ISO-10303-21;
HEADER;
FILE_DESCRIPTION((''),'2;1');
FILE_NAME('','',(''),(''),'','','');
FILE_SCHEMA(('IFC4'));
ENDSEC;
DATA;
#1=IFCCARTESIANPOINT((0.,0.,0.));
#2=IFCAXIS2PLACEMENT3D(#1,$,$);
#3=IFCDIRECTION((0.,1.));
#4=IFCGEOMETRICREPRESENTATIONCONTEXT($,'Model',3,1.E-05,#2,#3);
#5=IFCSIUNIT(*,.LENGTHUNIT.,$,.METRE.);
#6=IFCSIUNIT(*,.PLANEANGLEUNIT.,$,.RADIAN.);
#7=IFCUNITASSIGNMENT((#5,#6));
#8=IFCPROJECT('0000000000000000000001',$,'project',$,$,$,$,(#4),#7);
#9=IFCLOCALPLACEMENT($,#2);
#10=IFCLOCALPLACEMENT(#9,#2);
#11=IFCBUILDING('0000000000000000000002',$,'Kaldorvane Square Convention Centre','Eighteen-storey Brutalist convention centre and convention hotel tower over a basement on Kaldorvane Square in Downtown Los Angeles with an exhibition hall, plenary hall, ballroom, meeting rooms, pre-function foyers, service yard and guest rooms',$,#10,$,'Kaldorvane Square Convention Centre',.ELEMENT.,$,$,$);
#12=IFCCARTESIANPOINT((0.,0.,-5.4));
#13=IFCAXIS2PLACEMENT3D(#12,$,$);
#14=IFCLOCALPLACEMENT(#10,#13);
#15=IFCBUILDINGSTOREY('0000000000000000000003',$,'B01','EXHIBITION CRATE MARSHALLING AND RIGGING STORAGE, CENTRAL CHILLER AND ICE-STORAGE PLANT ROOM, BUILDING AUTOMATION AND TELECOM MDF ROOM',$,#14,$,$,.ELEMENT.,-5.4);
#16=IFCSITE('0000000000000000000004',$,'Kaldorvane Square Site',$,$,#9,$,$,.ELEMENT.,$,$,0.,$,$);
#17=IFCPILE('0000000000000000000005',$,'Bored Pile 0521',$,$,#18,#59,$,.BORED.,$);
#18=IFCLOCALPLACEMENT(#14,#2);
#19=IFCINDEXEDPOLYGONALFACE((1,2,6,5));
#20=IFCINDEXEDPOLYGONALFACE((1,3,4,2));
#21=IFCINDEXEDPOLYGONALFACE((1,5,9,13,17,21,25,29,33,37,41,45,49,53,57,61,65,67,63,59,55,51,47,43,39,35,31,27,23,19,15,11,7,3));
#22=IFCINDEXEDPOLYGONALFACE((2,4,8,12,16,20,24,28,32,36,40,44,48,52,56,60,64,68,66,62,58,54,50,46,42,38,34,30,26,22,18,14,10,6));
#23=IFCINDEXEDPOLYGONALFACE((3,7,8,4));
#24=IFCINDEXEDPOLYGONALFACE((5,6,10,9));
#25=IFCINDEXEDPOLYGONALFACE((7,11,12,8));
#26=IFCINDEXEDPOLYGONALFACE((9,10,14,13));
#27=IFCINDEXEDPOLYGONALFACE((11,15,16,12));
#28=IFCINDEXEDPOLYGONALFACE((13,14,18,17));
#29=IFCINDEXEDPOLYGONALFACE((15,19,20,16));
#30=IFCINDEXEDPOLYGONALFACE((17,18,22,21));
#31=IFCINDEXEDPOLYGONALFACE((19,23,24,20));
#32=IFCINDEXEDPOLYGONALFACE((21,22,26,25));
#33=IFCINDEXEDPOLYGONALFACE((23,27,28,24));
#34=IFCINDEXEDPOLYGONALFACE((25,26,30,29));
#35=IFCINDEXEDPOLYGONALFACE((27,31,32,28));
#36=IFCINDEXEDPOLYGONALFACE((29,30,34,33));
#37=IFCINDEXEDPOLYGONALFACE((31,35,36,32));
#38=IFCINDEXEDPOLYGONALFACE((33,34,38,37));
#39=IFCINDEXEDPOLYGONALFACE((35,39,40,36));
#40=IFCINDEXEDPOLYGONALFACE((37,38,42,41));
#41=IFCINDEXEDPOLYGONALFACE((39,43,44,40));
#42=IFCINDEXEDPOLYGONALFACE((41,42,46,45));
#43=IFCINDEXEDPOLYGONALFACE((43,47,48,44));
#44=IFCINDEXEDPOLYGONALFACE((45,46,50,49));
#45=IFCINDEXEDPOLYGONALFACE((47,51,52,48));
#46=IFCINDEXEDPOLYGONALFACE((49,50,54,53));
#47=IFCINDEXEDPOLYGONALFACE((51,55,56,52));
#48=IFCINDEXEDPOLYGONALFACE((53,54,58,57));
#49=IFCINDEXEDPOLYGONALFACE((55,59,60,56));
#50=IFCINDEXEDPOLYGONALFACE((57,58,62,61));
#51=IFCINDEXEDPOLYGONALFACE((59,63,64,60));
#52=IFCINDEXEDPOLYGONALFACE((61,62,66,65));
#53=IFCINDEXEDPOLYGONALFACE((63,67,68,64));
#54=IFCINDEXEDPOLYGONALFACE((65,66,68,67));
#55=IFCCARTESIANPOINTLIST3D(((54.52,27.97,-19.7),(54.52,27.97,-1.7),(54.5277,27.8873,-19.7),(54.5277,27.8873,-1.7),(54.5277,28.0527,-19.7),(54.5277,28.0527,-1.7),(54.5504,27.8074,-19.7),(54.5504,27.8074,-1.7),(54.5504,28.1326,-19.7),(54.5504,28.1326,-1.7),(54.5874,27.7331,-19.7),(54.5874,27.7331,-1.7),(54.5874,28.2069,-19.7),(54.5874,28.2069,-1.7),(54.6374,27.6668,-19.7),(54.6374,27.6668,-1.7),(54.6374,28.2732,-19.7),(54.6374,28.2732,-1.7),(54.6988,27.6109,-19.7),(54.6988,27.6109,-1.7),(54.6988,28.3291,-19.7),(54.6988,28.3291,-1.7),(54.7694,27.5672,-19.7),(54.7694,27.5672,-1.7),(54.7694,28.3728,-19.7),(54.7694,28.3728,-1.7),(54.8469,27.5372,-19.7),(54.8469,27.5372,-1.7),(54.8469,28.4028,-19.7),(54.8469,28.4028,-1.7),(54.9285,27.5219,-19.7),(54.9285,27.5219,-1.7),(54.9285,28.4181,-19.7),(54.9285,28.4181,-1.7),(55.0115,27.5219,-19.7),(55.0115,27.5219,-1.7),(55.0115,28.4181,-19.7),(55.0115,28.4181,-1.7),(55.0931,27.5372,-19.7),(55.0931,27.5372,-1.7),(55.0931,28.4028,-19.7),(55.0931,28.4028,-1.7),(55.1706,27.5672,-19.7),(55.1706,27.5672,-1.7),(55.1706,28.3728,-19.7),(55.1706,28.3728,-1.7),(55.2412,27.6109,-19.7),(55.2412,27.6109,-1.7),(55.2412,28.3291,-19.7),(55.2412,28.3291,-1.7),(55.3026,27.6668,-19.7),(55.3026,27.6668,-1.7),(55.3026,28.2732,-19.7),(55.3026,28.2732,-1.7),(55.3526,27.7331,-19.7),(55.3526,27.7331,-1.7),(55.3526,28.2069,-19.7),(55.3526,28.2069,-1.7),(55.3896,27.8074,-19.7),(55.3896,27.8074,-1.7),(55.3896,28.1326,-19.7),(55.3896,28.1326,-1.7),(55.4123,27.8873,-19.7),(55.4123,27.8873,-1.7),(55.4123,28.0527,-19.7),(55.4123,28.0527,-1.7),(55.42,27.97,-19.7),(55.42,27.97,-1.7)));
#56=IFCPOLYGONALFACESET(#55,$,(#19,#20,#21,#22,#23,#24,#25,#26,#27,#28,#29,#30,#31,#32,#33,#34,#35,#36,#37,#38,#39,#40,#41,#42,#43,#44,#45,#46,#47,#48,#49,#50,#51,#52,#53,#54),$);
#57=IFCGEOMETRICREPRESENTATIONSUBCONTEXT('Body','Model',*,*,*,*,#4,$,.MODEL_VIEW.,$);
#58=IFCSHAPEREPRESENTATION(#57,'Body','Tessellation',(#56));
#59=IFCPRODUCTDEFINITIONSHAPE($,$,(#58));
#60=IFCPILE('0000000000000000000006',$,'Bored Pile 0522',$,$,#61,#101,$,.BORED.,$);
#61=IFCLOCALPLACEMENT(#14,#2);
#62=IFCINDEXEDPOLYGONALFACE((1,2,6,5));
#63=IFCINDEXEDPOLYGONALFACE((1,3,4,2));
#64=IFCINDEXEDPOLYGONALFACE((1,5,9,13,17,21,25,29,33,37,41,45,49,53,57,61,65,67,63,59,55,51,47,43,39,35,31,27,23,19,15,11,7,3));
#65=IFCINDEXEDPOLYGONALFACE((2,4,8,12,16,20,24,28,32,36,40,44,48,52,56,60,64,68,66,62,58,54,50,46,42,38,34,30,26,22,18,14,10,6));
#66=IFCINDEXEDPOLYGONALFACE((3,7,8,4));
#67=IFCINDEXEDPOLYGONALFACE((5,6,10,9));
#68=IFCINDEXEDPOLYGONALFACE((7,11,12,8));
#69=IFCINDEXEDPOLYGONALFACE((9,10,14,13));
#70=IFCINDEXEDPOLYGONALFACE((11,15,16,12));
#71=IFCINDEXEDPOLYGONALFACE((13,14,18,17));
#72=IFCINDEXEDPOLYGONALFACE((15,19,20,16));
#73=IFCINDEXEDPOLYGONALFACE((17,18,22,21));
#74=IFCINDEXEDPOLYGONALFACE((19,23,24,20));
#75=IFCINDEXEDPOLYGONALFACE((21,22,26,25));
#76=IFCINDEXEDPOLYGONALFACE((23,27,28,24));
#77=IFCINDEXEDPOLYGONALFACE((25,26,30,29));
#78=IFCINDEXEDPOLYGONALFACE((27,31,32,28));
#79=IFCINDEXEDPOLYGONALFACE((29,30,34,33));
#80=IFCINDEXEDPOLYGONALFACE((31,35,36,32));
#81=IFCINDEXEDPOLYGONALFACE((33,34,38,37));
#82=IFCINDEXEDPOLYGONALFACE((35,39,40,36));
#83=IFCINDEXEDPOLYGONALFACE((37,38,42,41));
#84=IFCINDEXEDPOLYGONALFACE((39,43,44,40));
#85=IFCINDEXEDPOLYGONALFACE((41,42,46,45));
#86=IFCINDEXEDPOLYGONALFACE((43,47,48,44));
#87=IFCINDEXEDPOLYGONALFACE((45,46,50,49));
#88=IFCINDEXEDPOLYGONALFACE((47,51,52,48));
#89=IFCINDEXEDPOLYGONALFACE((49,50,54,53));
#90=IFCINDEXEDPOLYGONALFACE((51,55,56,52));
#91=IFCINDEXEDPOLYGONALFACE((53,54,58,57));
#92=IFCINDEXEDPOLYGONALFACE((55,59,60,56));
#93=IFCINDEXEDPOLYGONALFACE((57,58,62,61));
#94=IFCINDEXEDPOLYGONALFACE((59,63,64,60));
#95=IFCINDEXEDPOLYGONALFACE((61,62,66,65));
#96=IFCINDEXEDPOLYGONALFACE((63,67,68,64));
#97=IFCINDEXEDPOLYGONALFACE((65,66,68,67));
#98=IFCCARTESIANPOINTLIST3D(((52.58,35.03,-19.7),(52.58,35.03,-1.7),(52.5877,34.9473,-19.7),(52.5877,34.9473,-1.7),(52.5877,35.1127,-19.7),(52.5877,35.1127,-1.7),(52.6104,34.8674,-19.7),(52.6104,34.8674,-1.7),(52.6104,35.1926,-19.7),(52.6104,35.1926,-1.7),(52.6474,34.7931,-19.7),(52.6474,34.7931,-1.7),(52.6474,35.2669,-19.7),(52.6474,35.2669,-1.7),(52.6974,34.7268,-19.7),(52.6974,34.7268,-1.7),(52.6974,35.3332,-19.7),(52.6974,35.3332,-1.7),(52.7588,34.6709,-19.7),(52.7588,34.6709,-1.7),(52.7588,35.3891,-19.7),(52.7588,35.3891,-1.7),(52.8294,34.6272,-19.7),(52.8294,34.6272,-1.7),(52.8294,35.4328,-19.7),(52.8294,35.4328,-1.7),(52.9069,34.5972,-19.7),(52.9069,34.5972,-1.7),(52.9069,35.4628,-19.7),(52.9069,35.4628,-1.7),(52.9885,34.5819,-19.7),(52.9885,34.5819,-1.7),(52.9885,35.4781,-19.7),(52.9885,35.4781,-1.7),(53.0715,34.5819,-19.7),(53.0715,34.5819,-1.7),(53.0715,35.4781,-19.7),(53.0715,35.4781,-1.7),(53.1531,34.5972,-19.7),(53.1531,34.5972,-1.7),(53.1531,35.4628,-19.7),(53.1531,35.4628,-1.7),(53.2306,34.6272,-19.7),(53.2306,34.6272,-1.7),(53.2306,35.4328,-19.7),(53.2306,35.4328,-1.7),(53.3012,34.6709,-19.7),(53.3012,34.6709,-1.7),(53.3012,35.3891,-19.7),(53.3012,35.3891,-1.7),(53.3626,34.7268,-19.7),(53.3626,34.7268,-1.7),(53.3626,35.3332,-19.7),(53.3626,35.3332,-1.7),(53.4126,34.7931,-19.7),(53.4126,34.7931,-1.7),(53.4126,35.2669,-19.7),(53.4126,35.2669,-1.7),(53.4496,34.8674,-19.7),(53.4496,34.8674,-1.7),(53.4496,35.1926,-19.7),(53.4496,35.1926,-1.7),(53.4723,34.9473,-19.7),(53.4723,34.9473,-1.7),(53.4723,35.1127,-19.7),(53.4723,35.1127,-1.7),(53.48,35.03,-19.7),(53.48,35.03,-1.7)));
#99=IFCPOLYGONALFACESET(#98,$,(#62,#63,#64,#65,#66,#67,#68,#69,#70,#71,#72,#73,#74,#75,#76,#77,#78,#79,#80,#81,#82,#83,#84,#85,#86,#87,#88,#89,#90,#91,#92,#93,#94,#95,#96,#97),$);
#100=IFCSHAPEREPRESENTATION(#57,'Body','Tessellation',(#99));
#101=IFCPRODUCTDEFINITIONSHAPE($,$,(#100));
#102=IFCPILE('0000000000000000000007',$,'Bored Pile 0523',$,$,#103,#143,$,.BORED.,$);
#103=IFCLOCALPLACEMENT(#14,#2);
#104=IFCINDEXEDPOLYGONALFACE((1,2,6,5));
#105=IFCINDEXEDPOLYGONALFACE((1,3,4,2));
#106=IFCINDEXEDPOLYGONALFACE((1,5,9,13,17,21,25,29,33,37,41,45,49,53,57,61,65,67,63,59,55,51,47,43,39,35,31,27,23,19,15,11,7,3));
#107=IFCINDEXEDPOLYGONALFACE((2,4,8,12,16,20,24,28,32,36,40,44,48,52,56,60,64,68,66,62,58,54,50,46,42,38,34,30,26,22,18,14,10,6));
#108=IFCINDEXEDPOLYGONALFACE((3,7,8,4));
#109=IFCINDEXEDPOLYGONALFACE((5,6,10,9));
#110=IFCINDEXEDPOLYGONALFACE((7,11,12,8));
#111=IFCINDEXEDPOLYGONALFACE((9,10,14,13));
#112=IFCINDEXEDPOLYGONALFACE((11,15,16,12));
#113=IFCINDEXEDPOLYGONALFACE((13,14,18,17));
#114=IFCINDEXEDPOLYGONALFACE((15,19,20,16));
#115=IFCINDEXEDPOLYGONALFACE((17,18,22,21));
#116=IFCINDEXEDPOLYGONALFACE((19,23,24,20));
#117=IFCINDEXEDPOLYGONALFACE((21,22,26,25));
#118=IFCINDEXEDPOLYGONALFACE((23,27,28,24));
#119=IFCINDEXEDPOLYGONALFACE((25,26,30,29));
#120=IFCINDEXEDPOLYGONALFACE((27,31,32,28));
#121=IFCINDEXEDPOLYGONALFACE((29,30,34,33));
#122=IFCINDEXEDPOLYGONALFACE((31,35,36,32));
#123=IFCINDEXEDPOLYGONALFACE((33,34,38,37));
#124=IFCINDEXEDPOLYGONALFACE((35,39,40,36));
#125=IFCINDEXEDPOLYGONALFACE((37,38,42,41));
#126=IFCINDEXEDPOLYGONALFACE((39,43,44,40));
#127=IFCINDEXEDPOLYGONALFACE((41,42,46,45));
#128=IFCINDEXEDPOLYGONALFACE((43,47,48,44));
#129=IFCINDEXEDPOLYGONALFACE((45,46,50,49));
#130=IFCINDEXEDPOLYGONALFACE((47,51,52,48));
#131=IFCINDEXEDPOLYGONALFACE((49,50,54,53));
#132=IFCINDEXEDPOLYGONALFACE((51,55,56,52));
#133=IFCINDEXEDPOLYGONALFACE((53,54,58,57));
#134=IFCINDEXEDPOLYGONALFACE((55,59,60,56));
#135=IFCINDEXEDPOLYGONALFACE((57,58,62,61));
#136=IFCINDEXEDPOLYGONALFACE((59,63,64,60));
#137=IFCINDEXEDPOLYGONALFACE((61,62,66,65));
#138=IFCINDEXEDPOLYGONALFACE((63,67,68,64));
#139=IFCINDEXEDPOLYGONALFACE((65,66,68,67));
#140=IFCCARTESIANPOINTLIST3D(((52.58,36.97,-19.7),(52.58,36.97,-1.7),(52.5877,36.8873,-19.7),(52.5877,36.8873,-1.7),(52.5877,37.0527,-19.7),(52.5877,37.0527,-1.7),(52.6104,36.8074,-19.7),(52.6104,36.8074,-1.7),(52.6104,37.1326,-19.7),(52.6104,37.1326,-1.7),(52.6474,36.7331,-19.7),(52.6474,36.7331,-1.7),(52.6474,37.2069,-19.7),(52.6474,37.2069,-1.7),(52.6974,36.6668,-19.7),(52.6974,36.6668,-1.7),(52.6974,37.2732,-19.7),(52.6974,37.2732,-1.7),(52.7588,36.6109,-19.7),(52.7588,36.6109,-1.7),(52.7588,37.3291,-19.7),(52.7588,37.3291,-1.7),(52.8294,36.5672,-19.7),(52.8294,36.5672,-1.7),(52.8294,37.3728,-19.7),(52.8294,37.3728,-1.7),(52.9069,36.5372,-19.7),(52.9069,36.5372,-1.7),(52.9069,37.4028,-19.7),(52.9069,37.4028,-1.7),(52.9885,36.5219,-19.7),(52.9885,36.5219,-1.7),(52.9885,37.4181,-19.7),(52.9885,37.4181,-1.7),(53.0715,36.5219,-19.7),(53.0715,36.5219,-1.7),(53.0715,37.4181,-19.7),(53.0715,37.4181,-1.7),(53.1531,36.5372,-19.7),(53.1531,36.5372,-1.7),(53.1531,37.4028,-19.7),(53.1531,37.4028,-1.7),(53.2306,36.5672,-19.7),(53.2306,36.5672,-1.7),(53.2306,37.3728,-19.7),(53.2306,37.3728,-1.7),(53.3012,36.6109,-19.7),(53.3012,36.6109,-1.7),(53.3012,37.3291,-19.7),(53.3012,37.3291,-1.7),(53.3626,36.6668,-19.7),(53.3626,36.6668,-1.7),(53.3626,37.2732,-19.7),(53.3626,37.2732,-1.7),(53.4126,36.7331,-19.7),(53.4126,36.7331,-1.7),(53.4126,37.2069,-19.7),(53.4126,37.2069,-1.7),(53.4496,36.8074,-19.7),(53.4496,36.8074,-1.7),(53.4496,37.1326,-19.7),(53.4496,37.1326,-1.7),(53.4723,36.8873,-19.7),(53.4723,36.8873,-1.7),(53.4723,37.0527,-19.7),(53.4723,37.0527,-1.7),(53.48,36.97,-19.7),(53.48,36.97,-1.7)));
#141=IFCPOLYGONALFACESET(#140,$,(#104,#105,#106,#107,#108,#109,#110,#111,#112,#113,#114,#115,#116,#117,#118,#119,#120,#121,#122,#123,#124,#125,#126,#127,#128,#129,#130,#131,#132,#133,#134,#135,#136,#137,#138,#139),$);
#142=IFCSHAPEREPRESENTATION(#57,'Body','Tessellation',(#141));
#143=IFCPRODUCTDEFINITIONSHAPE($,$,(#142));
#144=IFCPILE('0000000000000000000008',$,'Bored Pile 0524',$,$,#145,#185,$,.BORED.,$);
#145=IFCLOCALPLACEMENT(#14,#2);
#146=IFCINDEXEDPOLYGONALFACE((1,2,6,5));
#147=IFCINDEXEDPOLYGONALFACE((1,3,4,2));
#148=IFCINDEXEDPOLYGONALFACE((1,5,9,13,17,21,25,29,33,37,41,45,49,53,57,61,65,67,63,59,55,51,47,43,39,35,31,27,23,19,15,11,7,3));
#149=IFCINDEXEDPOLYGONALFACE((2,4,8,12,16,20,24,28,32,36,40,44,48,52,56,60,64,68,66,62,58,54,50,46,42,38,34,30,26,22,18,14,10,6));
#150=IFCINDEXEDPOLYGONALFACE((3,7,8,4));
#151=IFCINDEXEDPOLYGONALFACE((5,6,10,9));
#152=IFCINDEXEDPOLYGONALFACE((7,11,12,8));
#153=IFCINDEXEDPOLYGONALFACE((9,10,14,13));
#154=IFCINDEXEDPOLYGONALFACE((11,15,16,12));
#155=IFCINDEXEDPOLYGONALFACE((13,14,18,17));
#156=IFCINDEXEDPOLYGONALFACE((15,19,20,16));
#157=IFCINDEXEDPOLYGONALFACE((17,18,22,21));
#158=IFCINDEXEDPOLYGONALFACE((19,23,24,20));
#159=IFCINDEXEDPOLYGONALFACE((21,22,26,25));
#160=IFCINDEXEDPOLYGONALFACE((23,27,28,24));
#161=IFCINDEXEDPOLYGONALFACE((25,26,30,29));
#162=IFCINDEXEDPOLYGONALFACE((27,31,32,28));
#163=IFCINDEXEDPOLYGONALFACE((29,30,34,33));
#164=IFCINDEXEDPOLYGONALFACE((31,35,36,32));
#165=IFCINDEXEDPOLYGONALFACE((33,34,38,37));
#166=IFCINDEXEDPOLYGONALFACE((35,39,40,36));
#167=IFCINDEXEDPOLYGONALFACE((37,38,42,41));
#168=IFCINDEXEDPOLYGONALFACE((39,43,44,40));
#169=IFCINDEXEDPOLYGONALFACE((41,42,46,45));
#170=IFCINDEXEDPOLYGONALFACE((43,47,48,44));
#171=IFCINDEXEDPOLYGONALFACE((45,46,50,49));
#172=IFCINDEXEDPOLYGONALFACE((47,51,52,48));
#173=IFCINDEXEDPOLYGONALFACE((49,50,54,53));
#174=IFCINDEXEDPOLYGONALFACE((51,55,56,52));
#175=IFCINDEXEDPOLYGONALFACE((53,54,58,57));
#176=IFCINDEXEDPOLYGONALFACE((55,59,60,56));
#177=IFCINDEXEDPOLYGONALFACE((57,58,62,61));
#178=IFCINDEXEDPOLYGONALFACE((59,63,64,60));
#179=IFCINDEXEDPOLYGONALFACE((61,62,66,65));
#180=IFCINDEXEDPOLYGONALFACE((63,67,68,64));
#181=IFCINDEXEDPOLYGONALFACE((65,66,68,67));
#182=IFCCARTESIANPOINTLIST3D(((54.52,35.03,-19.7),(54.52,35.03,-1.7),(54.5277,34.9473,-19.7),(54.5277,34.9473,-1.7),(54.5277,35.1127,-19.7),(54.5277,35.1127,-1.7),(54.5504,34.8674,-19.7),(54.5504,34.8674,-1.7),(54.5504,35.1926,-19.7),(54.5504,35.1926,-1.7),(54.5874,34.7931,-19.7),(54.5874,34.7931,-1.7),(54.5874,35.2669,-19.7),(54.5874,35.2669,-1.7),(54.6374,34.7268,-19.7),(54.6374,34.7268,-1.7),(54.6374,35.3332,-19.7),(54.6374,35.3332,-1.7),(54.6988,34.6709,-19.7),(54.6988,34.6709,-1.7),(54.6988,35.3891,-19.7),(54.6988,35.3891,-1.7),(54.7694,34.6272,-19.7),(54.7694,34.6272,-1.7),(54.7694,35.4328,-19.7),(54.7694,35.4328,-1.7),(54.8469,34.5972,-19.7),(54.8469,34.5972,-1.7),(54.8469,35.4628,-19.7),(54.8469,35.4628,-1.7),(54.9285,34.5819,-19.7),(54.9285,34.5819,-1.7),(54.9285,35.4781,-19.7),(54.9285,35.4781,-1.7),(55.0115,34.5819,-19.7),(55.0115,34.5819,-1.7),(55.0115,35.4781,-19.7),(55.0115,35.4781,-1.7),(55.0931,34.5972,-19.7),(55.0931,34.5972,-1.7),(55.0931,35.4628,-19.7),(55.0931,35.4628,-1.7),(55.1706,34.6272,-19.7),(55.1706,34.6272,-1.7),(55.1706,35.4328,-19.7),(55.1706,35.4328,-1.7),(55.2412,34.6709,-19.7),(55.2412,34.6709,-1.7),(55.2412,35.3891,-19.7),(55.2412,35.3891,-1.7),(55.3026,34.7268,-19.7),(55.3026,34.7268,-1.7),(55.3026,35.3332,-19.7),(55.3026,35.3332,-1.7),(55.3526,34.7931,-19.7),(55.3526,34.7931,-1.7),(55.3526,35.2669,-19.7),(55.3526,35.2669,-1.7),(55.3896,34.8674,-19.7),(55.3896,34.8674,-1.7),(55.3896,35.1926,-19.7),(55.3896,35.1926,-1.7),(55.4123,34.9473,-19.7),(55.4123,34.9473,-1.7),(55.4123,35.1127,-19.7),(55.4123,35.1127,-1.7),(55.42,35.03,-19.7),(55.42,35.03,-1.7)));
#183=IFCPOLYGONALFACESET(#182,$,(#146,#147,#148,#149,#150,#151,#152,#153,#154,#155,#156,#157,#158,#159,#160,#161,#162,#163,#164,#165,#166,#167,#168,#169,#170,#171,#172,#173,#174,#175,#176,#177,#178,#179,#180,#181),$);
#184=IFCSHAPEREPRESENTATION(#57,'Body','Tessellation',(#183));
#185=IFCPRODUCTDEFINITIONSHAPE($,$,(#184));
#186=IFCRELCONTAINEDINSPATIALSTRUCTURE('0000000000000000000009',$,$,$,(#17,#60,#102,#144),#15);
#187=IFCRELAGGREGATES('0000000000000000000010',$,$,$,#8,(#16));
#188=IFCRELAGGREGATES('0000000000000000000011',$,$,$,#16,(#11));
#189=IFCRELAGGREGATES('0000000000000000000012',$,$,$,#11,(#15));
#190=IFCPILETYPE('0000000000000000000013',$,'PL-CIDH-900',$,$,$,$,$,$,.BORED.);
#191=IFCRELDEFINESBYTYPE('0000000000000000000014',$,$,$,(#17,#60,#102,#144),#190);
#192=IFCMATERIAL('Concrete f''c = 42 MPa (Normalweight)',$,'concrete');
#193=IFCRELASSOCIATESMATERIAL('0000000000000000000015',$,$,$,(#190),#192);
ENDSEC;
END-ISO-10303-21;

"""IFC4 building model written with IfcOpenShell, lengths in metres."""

from ifc_helpers import new_model, si_unit, direction, frame, origin, origin_2d, place, context, subcontext, project, spatial, circle, extrude, material, material_profile, profile_set, type_object, element, save


model = new_model("IFC4")

# Units and contexts
model_context = context("Model", 3, precision=1e-05, world=origin(), true_north=direction((0.0, 1.0)))
body_context = subcontext(model_context, "Body", "Model", "MODEL_VIEW")
ifc_project = project(units=[si_unit("LENGTHUNIT", "METRE"), si_unit("PLANEANGLEUNIT", "RADIAN")], contexts=[model_context])

# Site, building, storey
site_placement = place(None, origin())
site = spatial("IfcSite", under=ifc_project, at=site_placement, Name="Kaldorvane Square Site", CompositionType="ELEMENT", RefElevation=0.0)
building_placement = place(site_placement, origin())
building = spatial("IfcBuilding", under=site, at=building_placement, Name="Kaldorvane Square Convention Centre", Description="Eighteen-storey Brutalist convention centre and convention hotel tower over a basement on Kaldorvane Square in Downtown Los Angeles with an exhibition hall, plenary hall, ballroom, meeting rooms, pre-function foyers, service yard and guest rooms", LongName="Kaldorvane Square Convention Centre", CompositionType="ELEMENT")
storey_placement = place(building_placement, frame((0.0, 0.0, -5.4)))
storey = spatial("IfcBuildingStorey", under=building, at=storey_placement, Name="B01", Description="EXHIBITION CRATE MARSHALLING AND RIGGING STORAGE, CENTRAL CHILLER AND ICE-STORAGE PLANT ROOM, BUILDING AUTOMATION AND TELECOM MDF ROOM", CompositionType="ELEMENT", Elevation=-5.4)

# Shared definitions
ifc_material_1 = material(Name="Concrete f'c = 42 MPa (Normalweight)", Category="concrete")

# Piles
ifc_material_profile_1 = material_profile(ifc_material_1, circle(Radius=0.45, at=origin_2d()), Name="PILE-D900")
ifc_profile_set_1 = profile_set([ifc_material_profile_1], Name="Concrete f'c = 42 MPa (Normalweight)")
pile_type = type_object("IfcPileType", Name="PL-CIDH-900", PredefinedType="BORED", material=ifc_profile_set_1)
for number, where, z_axis, x_axis, name in (
    (1, (54.97, 27.97, -1.7), (0.0, 0.0, -1.0), (1.0, 0.0, 0.0), "Bored Pile 0521"),
    (2, (53.03, 35.03, -1.7), (0.0, 0.0, -1.0), (1.0, 0.0, 0.0), "Bored Pile 0522"),
    (3, (53.03, 36.97, -1.7), (0.0, 0.0, -1.0), (1.0, 0.0, 0.0), "Bored Pile 0523"),
    (4, (54.97, 35.03, -1.7), (0.0, 0.0, -1.0), (1.0, 0.0, 0.0), "Bored Pile 0524"),
):
    element("IfcPile", number, at=place(storey_placement, frame(where, z_axis=z_axis, x_axis=x_axis)), inside=storey, type_object=pile_type, Name=name, PredefinedType="BORED", context=body_context, shape_type="SweptSolid", body=[
        extrude(circle(Radius=0.45, at=origin_2d()), origin(), (0.0, 0.0, 1.0), 18.0),
    ])

save(model, "model.ifc")
